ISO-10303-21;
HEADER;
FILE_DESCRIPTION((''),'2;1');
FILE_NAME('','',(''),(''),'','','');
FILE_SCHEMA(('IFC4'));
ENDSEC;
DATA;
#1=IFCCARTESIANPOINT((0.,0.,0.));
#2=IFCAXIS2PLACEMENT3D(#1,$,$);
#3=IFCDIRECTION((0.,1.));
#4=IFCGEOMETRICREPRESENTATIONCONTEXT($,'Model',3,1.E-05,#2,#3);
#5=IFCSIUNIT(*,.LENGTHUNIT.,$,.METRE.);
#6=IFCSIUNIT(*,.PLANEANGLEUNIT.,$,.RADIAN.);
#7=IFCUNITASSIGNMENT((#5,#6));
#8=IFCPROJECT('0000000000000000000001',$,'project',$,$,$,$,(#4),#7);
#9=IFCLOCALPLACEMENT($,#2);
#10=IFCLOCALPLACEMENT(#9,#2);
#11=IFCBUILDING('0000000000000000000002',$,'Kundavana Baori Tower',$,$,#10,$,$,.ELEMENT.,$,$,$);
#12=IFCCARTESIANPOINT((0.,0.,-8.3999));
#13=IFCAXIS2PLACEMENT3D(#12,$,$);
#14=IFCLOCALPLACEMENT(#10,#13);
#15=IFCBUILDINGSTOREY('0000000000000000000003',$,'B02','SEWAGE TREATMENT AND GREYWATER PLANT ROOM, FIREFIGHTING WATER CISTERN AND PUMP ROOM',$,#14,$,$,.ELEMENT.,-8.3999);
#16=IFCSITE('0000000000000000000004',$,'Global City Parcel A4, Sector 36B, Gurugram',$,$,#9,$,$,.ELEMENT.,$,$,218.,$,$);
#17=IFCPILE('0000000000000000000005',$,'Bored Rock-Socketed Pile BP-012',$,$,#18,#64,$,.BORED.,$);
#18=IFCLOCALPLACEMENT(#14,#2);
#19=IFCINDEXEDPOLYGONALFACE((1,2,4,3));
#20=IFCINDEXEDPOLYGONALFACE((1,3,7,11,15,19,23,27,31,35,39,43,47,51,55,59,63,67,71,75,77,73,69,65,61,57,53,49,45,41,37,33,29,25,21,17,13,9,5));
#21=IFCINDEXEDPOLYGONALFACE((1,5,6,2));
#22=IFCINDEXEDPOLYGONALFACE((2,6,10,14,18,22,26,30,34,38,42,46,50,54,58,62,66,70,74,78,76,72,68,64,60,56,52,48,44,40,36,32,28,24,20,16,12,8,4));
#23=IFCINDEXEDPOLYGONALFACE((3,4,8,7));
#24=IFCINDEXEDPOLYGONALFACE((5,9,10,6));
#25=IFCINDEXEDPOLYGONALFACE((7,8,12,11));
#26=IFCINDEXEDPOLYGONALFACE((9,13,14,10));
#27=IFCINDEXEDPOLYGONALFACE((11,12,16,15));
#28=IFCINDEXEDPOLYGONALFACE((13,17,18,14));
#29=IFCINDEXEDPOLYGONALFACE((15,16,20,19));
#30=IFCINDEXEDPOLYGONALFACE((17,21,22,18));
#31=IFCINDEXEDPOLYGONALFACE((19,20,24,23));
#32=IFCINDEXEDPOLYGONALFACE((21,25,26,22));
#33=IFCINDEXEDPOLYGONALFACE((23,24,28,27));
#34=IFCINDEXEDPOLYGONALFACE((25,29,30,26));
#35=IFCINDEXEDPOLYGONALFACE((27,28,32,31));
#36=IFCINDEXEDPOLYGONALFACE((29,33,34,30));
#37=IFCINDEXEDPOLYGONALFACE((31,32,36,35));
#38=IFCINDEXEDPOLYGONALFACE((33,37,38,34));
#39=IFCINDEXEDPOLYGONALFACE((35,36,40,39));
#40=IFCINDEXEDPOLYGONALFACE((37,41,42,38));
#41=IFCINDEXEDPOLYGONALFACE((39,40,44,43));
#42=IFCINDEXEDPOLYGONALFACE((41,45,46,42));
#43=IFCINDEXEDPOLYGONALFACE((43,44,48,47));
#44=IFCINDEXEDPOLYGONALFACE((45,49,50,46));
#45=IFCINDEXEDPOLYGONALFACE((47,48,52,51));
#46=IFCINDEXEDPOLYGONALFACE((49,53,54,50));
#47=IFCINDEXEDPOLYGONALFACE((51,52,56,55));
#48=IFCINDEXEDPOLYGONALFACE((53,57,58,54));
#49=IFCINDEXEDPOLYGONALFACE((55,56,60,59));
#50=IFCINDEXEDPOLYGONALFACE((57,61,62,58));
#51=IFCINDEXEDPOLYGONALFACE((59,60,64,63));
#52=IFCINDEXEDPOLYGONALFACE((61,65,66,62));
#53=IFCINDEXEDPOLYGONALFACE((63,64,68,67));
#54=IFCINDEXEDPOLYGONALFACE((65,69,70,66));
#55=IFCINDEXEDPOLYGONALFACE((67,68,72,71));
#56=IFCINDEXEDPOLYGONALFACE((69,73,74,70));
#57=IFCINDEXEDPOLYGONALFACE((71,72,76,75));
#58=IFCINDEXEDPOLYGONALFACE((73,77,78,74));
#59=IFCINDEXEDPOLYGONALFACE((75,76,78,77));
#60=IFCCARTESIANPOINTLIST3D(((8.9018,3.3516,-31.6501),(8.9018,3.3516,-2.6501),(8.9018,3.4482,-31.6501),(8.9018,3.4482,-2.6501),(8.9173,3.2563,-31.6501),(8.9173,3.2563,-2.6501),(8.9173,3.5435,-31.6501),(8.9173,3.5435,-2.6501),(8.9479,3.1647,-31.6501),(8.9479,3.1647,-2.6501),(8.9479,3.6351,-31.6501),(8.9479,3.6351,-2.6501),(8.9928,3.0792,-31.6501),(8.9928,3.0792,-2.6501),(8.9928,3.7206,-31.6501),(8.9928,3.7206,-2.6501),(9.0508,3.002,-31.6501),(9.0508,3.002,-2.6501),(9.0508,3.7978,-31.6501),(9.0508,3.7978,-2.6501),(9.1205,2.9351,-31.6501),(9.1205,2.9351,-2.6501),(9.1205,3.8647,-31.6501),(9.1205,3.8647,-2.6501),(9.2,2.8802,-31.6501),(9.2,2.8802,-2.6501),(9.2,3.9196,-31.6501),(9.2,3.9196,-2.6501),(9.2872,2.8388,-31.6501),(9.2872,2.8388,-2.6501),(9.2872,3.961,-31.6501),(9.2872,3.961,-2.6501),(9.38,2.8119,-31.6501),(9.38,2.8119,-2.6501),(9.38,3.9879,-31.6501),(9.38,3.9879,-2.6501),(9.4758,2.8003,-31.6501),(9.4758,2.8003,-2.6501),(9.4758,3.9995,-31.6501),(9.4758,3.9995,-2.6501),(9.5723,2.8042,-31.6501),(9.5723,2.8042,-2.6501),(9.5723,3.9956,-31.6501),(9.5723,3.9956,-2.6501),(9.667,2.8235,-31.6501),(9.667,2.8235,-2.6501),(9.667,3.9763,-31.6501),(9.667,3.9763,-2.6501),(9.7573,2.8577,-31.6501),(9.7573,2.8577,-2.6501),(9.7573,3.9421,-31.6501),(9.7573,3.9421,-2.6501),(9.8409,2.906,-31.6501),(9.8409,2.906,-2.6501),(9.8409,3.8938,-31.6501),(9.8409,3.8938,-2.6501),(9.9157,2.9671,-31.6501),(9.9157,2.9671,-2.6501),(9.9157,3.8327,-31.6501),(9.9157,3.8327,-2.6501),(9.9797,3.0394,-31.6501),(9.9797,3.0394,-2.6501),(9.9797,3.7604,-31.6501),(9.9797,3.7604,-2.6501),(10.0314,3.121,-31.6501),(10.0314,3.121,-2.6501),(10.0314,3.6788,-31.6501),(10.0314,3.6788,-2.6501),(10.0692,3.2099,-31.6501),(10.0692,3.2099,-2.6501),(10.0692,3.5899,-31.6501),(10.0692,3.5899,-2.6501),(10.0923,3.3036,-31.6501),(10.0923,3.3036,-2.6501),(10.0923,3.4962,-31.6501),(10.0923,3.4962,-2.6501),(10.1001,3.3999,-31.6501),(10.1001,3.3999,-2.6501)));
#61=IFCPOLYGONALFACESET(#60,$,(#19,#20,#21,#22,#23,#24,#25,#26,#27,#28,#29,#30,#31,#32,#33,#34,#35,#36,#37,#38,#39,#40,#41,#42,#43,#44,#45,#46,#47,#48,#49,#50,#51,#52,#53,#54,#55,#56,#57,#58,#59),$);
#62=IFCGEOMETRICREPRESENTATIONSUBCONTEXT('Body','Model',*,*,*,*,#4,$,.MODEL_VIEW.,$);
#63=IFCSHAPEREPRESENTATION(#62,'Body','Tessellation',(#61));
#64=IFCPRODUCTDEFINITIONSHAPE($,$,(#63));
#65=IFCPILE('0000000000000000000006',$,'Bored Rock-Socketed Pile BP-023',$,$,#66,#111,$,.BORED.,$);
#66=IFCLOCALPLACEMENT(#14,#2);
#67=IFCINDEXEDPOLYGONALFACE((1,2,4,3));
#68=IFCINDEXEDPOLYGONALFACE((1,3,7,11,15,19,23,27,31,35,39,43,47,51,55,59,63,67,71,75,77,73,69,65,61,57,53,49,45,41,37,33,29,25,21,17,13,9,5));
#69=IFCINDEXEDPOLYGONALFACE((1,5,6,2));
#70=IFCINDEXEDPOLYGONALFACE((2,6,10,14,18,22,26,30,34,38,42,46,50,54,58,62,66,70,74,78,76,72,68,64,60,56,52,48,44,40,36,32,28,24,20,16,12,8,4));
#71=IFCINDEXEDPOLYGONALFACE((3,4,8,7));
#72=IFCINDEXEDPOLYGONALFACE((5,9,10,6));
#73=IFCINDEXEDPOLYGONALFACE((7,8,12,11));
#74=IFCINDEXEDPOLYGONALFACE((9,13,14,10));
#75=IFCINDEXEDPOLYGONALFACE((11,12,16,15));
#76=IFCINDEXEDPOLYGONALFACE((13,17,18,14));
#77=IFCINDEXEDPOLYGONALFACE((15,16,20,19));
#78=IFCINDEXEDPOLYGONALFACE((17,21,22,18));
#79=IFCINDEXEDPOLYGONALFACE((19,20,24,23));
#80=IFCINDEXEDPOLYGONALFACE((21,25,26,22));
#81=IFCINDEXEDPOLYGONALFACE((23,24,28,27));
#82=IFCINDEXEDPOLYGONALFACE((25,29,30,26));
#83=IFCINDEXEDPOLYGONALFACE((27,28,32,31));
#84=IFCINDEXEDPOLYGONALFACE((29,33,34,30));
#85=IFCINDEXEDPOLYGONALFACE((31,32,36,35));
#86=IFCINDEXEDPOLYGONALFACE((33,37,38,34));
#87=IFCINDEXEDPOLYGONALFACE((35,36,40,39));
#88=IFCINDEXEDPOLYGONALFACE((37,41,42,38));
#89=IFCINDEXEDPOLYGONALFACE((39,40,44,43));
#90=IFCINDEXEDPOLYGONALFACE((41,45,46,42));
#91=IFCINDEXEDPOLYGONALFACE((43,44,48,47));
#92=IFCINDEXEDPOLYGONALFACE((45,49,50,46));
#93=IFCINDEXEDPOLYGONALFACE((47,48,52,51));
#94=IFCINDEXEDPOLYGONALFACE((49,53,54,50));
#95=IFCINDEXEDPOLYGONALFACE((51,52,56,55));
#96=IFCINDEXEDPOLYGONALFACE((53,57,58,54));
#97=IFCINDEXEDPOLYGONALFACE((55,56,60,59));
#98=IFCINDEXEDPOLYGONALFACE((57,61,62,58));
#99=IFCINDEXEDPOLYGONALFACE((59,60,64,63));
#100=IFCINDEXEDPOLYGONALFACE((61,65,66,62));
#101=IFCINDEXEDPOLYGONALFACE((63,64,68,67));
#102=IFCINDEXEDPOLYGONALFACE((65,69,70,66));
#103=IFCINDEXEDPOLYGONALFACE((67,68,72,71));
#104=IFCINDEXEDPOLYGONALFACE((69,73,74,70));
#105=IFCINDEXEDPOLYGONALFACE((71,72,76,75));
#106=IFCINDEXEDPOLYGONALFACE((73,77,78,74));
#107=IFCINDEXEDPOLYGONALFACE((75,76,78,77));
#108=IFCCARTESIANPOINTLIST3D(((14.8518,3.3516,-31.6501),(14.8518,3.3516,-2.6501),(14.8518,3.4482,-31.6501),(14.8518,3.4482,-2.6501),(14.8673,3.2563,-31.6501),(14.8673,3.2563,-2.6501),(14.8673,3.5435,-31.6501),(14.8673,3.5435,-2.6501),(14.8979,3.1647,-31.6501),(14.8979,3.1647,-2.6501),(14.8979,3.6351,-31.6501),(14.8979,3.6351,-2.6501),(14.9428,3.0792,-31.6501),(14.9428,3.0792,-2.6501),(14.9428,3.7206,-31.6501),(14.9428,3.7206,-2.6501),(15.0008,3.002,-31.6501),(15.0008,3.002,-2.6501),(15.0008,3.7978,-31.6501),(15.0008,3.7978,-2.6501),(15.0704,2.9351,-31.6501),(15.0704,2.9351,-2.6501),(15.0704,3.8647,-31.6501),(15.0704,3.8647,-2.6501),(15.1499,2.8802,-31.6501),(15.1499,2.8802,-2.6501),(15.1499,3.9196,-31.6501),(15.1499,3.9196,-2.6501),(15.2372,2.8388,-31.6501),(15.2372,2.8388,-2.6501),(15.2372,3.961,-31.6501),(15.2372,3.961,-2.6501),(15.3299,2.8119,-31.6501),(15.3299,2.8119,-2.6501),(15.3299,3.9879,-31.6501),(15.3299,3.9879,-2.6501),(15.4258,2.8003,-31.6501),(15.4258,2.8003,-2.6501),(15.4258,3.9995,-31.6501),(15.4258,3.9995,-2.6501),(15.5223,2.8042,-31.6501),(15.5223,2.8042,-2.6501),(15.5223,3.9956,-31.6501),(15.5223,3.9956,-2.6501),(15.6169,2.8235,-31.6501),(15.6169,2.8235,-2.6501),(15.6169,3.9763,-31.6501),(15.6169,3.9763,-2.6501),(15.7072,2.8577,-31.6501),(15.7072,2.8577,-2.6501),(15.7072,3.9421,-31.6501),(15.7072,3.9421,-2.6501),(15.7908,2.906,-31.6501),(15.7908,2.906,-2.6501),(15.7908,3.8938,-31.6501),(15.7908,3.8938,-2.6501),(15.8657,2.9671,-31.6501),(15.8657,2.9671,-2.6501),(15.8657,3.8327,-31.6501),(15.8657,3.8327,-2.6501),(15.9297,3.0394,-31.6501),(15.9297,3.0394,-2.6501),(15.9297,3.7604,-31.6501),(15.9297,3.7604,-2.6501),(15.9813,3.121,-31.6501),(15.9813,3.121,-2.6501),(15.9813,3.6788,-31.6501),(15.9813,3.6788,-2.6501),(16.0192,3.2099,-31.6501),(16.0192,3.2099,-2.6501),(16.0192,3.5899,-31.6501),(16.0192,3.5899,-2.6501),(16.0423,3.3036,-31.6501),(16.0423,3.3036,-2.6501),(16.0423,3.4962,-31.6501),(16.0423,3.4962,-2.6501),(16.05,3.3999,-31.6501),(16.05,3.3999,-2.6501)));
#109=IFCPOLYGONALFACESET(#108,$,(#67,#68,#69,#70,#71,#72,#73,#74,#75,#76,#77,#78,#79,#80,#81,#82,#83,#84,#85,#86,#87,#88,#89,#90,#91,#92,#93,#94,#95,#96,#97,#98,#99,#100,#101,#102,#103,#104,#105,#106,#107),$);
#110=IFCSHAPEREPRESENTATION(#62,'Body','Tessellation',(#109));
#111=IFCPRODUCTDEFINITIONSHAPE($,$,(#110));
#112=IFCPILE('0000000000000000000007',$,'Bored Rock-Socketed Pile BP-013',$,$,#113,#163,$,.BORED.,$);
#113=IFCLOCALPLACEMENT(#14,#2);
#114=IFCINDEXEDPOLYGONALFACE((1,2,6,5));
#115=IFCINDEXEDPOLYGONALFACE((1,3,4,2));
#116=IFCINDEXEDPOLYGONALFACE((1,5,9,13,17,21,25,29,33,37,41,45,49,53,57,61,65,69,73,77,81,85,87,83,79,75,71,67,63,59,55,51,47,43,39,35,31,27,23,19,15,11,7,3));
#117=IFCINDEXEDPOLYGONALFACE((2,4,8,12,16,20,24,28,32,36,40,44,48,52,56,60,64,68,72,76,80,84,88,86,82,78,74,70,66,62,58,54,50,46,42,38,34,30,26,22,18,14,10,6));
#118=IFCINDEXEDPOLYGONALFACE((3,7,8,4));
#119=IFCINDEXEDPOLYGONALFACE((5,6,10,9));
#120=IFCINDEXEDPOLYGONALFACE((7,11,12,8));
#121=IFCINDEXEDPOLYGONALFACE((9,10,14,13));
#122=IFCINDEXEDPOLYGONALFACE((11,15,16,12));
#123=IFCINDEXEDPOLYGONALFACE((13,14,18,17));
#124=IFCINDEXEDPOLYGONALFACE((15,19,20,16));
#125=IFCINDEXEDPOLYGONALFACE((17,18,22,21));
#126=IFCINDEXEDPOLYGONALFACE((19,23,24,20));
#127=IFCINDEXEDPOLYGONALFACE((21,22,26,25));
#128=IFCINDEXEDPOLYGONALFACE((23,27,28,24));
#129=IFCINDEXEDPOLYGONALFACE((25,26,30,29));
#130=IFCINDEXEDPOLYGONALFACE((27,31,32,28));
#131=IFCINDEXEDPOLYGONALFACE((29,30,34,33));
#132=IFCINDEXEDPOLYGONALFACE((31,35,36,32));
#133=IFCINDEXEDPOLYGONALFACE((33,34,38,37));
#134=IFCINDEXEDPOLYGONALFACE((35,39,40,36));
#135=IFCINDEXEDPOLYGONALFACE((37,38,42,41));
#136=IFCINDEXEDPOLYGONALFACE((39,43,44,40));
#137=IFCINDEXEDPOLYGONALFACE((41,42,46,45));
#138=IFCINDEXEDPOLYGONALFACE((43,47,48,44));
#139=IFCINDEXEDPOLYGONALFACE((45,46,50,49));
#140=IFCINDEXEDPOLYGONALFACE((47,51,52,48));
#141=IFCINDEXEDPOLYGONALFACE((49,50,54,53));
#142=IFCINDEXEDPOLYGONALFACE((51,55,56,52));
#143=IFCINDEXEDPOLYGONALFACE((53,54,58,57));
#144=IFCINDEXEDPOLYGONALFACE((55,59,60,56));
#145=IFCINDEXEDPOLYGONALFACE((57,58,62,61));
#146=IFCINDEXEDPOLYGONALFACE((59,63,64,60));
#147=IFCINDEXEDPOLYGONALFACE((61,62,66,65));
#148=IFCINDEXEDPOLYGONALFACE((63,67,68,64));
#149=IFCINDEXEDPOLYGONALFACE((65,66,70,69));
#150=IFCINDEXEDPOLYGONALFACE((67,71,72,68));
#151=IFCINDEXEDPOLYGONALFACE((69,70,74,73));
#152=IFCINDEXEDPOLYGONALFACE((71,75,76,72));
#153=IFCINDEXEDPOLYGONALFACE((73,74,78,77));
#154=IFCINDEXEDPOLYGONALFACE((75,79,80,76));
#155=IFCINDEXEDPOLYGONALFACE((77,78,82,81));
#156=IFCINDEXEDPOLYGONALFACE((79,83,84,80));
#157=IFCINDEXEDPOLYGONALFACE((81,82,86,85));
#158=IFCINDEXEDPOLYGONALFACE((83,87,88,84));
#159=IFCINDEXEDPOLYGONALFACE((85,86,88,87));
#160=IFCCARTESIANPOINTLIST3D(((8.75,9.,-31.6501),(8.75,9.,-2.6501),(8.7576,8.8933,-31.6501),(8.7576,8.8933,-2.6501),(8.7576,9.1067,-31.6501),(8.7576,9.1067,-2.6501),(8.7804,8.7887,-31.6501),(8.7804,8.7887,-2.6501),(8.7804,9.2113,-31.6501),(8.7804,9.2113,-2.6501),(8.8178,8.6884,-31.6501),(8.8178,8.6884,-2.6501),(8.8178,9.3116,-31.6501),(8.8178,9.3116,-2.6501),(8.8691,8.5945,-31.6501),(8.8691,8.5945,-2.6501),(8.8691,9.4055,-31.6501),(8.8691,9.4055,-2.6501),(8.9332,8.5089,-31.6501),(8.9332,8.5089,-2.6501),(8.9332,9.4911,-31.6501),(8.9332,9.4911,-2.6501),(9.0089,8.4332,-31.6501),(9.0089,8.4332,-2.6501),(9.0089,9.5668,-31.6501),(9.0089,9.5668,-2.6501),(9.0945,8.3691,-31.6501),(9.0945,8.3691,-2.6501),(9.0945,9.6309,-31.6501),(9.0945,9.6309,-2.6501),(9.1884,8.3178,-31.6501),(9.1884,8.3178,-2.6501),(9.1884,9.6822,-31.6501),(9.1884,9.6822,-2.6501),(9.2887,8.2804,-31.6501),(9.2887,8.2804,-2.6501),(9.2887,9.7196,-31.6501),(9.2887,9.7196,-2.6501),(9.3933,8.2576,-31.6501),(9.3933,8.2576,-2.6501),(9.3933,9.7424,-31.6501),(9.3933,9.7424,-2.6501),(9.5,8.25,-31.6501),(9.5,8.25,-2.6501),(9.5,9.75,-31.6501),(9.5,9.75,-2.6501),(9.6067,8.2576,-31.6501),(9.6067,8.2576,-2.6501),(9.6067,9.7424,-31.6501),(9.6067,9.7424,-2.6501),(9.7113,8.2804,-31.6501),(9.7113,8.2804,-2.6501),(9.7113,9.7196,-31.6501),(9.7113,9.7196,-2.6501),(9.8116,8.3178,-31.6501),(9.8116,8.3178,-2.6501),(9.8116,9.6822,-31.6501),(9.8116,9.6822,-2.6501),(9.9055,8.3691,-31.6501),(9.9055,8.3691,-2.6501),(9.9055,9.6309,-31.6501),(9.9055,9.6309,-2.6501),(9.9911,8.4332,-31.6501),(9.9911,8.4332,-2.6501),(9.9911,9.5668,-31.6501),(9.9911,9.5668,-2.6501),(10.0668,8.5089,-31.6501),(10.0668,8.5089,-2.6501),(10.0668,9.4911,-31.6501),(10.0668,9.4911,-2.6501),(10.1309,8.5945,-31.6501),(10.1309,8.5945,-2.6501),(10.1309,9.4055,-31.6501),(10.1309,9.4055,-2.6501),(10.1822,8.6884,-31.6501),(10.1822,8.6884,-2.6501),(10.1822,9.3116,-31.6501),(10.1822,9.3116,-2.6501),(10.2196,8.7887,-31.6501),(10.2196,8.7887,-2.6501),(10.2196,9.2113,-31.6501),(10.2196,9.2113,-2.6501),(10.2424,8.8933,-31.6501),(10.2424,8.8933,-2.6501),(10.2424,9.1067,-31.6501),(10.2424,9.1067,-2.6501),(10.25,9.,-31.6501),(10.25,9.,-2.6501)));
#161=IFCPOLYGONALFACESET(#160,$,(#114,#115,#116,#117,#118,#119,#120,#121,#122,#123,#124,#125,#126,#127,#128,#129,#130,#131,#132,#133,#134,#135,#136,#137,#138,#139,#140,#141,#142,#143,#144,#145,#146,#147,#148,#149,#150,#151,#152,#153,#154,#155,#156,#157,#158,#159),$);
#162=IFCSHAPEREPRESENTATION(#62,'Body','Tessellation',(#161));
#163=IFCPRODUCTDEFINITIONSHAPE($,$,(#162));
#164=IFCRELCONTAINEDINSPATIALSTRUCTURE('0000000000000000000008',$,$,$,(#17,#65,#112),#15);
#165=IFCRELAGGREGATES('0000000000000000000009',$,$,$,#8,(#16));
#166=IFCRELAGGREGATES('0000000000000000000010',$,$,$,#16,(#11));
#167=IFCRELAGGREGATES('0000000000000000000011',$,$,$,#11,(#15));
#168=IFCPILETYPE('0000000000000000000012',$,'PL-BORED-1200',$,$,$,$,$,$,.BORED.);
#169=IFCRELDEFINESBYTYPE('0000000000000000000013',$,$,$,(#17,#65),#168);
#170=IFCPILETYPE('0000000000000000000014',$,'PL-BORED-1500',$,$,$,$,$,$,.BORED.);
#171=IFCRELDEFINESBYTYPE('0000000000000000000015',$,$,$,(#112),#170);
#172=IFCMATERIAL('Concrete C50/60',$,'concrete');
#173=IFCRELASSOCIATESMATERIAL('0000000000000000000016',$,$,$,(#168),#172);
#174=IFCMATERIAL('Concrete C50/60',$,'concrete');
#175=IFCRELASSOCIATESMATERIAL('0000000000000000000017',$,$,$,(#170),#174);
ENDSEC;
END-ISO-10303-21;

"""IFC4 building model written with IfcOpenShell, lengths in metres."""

from ifc_helpers import new_model, si_unit, direction, frame, origin, origin_2d, place, context, subcontext, project, spatial, circle, extrude, material, material_profile, profile_set, type_object, element, save


model = new_model("IFC4")

# Units and contexts
model_context = context("Model", 3, precision=1e-05, world=origin(), true_north=direction((0.0, 1.0)))
body_context = subcontext(model_context, "Body", "Model", "MODEL_VIEW")
ifc_project = project(units=[si_unit("LENGTHUNIT", "METRE"), si_unit("PLANEANGLEUNIT", "RADIAN")], contexts=[model_context])

# Site, building, storey
site_placement = place(None, origin())
site = spatial("IfcSite", under=ifc_project, at=site_placement, Name="Global City Parcel A4, Sector 36B, Gurugram", CompositionType="ELEMENT", RefElevation=218.0)
building_placement = place(site_placement, origin())
building = spatial("IfcBuilding", under=site, at=building_placement, Name="Kundavana Baori Tower", CompositionType="ELEMENT")
storey_placement = place(building_placement, frame((0.0, 0.0, -8.3999)))
storey = spatial("IfcBuildingStorey", under=building, at=storey_placement, Name="B02", Description="SEWAGE TREATMENT AND GREYWATER PLANT ROOM, FIREFIGHTING WATER CISTERN AND PUMP ROOM", CompositionType="ELEMENT", Elevation=-8.3999)

# Piles
ifc_material_1 = material(Name="Concrete C50/60", Category="concrete")
ifc_material_profile_1 = material_profile(ifc_material_1, circle(Radius=0.6001, at=origin_2d()), Name="BORED PILE D1200")
ifc_profile_set_1 = profile_set([ifc_material_profile_1], Name="Concrete C50/60")
pile_type_1 = type_object("IfcPileType", Name="PL-BORED-1200", PredefinedType="BORED", material=ifc_profile_set_1)
for number, where, z_axis, x_axis, name in (
    (1, (9.5, 3.3999, -2.6501), (0.0, 0.0, -1.0), (1.0, 0.0, 0.0), "Bored Rock-Socketed Pile BP-012"),
    (2, (15.45, 3.3999, -2.6501), (0.0, 0.0, -1.0), (1.0, 0.0, 0.0), "Bored Rock-Socketed Pile BP-023"),
):
    element("IfcPile", number, at=place(storey_placement, frame(where, z_axis=z_axis, x_axis=x_axis)), inside=storey, type_object=pile_type_1, Name=name, PredefinedType="BORED", context=body_context, shape_type="SweptSolid", body=[
        extrude(circle(Radius=0.6001, at=origin_2d()), origin(), (0.0, 0.0, 1.0), 29.0),
    ])
ifc_material_2 = material(Name="Concrete C50/60", Category="concrete")
ifc_material_profile_2 = material_profile(ifc_material_2, circle(Radius=0.75, at=origin_2d()), Name="BORED PILE D1500")
ifc_profile_set_2 = profile_set([ifc_material_profile_2], Name="Concrete C50/60")
pile_type_2 = type_object("IfcPileType", Name="PL-BORED-1500", PredefinedType="BORED", material=ifc_profile_set_2)
for number, where, z_axis, x_axis, name in (
    (3, (9.5, 9.0, -2.6501), (0.0, 0.0, -1.0), (1.0, 0.0, 0.0), "Bored Rock-Socketed Pile BP-013"),
):
    element("IfcPile", number, at=place(storey_placement, frame(where, z_axis=z_axis, x_axis=x_axis)), inside=storey, type_object=pile_type_2, Name=name, PredefinedType="BORED", context=body_context, shape_type="SweptSolid", body=[
        extrude(circle(Radius=0.75, at=origin_2d()), origin(), (0.0, 0.0, 1.0), 29.0),
    ])

save(model, "model.ifc")
